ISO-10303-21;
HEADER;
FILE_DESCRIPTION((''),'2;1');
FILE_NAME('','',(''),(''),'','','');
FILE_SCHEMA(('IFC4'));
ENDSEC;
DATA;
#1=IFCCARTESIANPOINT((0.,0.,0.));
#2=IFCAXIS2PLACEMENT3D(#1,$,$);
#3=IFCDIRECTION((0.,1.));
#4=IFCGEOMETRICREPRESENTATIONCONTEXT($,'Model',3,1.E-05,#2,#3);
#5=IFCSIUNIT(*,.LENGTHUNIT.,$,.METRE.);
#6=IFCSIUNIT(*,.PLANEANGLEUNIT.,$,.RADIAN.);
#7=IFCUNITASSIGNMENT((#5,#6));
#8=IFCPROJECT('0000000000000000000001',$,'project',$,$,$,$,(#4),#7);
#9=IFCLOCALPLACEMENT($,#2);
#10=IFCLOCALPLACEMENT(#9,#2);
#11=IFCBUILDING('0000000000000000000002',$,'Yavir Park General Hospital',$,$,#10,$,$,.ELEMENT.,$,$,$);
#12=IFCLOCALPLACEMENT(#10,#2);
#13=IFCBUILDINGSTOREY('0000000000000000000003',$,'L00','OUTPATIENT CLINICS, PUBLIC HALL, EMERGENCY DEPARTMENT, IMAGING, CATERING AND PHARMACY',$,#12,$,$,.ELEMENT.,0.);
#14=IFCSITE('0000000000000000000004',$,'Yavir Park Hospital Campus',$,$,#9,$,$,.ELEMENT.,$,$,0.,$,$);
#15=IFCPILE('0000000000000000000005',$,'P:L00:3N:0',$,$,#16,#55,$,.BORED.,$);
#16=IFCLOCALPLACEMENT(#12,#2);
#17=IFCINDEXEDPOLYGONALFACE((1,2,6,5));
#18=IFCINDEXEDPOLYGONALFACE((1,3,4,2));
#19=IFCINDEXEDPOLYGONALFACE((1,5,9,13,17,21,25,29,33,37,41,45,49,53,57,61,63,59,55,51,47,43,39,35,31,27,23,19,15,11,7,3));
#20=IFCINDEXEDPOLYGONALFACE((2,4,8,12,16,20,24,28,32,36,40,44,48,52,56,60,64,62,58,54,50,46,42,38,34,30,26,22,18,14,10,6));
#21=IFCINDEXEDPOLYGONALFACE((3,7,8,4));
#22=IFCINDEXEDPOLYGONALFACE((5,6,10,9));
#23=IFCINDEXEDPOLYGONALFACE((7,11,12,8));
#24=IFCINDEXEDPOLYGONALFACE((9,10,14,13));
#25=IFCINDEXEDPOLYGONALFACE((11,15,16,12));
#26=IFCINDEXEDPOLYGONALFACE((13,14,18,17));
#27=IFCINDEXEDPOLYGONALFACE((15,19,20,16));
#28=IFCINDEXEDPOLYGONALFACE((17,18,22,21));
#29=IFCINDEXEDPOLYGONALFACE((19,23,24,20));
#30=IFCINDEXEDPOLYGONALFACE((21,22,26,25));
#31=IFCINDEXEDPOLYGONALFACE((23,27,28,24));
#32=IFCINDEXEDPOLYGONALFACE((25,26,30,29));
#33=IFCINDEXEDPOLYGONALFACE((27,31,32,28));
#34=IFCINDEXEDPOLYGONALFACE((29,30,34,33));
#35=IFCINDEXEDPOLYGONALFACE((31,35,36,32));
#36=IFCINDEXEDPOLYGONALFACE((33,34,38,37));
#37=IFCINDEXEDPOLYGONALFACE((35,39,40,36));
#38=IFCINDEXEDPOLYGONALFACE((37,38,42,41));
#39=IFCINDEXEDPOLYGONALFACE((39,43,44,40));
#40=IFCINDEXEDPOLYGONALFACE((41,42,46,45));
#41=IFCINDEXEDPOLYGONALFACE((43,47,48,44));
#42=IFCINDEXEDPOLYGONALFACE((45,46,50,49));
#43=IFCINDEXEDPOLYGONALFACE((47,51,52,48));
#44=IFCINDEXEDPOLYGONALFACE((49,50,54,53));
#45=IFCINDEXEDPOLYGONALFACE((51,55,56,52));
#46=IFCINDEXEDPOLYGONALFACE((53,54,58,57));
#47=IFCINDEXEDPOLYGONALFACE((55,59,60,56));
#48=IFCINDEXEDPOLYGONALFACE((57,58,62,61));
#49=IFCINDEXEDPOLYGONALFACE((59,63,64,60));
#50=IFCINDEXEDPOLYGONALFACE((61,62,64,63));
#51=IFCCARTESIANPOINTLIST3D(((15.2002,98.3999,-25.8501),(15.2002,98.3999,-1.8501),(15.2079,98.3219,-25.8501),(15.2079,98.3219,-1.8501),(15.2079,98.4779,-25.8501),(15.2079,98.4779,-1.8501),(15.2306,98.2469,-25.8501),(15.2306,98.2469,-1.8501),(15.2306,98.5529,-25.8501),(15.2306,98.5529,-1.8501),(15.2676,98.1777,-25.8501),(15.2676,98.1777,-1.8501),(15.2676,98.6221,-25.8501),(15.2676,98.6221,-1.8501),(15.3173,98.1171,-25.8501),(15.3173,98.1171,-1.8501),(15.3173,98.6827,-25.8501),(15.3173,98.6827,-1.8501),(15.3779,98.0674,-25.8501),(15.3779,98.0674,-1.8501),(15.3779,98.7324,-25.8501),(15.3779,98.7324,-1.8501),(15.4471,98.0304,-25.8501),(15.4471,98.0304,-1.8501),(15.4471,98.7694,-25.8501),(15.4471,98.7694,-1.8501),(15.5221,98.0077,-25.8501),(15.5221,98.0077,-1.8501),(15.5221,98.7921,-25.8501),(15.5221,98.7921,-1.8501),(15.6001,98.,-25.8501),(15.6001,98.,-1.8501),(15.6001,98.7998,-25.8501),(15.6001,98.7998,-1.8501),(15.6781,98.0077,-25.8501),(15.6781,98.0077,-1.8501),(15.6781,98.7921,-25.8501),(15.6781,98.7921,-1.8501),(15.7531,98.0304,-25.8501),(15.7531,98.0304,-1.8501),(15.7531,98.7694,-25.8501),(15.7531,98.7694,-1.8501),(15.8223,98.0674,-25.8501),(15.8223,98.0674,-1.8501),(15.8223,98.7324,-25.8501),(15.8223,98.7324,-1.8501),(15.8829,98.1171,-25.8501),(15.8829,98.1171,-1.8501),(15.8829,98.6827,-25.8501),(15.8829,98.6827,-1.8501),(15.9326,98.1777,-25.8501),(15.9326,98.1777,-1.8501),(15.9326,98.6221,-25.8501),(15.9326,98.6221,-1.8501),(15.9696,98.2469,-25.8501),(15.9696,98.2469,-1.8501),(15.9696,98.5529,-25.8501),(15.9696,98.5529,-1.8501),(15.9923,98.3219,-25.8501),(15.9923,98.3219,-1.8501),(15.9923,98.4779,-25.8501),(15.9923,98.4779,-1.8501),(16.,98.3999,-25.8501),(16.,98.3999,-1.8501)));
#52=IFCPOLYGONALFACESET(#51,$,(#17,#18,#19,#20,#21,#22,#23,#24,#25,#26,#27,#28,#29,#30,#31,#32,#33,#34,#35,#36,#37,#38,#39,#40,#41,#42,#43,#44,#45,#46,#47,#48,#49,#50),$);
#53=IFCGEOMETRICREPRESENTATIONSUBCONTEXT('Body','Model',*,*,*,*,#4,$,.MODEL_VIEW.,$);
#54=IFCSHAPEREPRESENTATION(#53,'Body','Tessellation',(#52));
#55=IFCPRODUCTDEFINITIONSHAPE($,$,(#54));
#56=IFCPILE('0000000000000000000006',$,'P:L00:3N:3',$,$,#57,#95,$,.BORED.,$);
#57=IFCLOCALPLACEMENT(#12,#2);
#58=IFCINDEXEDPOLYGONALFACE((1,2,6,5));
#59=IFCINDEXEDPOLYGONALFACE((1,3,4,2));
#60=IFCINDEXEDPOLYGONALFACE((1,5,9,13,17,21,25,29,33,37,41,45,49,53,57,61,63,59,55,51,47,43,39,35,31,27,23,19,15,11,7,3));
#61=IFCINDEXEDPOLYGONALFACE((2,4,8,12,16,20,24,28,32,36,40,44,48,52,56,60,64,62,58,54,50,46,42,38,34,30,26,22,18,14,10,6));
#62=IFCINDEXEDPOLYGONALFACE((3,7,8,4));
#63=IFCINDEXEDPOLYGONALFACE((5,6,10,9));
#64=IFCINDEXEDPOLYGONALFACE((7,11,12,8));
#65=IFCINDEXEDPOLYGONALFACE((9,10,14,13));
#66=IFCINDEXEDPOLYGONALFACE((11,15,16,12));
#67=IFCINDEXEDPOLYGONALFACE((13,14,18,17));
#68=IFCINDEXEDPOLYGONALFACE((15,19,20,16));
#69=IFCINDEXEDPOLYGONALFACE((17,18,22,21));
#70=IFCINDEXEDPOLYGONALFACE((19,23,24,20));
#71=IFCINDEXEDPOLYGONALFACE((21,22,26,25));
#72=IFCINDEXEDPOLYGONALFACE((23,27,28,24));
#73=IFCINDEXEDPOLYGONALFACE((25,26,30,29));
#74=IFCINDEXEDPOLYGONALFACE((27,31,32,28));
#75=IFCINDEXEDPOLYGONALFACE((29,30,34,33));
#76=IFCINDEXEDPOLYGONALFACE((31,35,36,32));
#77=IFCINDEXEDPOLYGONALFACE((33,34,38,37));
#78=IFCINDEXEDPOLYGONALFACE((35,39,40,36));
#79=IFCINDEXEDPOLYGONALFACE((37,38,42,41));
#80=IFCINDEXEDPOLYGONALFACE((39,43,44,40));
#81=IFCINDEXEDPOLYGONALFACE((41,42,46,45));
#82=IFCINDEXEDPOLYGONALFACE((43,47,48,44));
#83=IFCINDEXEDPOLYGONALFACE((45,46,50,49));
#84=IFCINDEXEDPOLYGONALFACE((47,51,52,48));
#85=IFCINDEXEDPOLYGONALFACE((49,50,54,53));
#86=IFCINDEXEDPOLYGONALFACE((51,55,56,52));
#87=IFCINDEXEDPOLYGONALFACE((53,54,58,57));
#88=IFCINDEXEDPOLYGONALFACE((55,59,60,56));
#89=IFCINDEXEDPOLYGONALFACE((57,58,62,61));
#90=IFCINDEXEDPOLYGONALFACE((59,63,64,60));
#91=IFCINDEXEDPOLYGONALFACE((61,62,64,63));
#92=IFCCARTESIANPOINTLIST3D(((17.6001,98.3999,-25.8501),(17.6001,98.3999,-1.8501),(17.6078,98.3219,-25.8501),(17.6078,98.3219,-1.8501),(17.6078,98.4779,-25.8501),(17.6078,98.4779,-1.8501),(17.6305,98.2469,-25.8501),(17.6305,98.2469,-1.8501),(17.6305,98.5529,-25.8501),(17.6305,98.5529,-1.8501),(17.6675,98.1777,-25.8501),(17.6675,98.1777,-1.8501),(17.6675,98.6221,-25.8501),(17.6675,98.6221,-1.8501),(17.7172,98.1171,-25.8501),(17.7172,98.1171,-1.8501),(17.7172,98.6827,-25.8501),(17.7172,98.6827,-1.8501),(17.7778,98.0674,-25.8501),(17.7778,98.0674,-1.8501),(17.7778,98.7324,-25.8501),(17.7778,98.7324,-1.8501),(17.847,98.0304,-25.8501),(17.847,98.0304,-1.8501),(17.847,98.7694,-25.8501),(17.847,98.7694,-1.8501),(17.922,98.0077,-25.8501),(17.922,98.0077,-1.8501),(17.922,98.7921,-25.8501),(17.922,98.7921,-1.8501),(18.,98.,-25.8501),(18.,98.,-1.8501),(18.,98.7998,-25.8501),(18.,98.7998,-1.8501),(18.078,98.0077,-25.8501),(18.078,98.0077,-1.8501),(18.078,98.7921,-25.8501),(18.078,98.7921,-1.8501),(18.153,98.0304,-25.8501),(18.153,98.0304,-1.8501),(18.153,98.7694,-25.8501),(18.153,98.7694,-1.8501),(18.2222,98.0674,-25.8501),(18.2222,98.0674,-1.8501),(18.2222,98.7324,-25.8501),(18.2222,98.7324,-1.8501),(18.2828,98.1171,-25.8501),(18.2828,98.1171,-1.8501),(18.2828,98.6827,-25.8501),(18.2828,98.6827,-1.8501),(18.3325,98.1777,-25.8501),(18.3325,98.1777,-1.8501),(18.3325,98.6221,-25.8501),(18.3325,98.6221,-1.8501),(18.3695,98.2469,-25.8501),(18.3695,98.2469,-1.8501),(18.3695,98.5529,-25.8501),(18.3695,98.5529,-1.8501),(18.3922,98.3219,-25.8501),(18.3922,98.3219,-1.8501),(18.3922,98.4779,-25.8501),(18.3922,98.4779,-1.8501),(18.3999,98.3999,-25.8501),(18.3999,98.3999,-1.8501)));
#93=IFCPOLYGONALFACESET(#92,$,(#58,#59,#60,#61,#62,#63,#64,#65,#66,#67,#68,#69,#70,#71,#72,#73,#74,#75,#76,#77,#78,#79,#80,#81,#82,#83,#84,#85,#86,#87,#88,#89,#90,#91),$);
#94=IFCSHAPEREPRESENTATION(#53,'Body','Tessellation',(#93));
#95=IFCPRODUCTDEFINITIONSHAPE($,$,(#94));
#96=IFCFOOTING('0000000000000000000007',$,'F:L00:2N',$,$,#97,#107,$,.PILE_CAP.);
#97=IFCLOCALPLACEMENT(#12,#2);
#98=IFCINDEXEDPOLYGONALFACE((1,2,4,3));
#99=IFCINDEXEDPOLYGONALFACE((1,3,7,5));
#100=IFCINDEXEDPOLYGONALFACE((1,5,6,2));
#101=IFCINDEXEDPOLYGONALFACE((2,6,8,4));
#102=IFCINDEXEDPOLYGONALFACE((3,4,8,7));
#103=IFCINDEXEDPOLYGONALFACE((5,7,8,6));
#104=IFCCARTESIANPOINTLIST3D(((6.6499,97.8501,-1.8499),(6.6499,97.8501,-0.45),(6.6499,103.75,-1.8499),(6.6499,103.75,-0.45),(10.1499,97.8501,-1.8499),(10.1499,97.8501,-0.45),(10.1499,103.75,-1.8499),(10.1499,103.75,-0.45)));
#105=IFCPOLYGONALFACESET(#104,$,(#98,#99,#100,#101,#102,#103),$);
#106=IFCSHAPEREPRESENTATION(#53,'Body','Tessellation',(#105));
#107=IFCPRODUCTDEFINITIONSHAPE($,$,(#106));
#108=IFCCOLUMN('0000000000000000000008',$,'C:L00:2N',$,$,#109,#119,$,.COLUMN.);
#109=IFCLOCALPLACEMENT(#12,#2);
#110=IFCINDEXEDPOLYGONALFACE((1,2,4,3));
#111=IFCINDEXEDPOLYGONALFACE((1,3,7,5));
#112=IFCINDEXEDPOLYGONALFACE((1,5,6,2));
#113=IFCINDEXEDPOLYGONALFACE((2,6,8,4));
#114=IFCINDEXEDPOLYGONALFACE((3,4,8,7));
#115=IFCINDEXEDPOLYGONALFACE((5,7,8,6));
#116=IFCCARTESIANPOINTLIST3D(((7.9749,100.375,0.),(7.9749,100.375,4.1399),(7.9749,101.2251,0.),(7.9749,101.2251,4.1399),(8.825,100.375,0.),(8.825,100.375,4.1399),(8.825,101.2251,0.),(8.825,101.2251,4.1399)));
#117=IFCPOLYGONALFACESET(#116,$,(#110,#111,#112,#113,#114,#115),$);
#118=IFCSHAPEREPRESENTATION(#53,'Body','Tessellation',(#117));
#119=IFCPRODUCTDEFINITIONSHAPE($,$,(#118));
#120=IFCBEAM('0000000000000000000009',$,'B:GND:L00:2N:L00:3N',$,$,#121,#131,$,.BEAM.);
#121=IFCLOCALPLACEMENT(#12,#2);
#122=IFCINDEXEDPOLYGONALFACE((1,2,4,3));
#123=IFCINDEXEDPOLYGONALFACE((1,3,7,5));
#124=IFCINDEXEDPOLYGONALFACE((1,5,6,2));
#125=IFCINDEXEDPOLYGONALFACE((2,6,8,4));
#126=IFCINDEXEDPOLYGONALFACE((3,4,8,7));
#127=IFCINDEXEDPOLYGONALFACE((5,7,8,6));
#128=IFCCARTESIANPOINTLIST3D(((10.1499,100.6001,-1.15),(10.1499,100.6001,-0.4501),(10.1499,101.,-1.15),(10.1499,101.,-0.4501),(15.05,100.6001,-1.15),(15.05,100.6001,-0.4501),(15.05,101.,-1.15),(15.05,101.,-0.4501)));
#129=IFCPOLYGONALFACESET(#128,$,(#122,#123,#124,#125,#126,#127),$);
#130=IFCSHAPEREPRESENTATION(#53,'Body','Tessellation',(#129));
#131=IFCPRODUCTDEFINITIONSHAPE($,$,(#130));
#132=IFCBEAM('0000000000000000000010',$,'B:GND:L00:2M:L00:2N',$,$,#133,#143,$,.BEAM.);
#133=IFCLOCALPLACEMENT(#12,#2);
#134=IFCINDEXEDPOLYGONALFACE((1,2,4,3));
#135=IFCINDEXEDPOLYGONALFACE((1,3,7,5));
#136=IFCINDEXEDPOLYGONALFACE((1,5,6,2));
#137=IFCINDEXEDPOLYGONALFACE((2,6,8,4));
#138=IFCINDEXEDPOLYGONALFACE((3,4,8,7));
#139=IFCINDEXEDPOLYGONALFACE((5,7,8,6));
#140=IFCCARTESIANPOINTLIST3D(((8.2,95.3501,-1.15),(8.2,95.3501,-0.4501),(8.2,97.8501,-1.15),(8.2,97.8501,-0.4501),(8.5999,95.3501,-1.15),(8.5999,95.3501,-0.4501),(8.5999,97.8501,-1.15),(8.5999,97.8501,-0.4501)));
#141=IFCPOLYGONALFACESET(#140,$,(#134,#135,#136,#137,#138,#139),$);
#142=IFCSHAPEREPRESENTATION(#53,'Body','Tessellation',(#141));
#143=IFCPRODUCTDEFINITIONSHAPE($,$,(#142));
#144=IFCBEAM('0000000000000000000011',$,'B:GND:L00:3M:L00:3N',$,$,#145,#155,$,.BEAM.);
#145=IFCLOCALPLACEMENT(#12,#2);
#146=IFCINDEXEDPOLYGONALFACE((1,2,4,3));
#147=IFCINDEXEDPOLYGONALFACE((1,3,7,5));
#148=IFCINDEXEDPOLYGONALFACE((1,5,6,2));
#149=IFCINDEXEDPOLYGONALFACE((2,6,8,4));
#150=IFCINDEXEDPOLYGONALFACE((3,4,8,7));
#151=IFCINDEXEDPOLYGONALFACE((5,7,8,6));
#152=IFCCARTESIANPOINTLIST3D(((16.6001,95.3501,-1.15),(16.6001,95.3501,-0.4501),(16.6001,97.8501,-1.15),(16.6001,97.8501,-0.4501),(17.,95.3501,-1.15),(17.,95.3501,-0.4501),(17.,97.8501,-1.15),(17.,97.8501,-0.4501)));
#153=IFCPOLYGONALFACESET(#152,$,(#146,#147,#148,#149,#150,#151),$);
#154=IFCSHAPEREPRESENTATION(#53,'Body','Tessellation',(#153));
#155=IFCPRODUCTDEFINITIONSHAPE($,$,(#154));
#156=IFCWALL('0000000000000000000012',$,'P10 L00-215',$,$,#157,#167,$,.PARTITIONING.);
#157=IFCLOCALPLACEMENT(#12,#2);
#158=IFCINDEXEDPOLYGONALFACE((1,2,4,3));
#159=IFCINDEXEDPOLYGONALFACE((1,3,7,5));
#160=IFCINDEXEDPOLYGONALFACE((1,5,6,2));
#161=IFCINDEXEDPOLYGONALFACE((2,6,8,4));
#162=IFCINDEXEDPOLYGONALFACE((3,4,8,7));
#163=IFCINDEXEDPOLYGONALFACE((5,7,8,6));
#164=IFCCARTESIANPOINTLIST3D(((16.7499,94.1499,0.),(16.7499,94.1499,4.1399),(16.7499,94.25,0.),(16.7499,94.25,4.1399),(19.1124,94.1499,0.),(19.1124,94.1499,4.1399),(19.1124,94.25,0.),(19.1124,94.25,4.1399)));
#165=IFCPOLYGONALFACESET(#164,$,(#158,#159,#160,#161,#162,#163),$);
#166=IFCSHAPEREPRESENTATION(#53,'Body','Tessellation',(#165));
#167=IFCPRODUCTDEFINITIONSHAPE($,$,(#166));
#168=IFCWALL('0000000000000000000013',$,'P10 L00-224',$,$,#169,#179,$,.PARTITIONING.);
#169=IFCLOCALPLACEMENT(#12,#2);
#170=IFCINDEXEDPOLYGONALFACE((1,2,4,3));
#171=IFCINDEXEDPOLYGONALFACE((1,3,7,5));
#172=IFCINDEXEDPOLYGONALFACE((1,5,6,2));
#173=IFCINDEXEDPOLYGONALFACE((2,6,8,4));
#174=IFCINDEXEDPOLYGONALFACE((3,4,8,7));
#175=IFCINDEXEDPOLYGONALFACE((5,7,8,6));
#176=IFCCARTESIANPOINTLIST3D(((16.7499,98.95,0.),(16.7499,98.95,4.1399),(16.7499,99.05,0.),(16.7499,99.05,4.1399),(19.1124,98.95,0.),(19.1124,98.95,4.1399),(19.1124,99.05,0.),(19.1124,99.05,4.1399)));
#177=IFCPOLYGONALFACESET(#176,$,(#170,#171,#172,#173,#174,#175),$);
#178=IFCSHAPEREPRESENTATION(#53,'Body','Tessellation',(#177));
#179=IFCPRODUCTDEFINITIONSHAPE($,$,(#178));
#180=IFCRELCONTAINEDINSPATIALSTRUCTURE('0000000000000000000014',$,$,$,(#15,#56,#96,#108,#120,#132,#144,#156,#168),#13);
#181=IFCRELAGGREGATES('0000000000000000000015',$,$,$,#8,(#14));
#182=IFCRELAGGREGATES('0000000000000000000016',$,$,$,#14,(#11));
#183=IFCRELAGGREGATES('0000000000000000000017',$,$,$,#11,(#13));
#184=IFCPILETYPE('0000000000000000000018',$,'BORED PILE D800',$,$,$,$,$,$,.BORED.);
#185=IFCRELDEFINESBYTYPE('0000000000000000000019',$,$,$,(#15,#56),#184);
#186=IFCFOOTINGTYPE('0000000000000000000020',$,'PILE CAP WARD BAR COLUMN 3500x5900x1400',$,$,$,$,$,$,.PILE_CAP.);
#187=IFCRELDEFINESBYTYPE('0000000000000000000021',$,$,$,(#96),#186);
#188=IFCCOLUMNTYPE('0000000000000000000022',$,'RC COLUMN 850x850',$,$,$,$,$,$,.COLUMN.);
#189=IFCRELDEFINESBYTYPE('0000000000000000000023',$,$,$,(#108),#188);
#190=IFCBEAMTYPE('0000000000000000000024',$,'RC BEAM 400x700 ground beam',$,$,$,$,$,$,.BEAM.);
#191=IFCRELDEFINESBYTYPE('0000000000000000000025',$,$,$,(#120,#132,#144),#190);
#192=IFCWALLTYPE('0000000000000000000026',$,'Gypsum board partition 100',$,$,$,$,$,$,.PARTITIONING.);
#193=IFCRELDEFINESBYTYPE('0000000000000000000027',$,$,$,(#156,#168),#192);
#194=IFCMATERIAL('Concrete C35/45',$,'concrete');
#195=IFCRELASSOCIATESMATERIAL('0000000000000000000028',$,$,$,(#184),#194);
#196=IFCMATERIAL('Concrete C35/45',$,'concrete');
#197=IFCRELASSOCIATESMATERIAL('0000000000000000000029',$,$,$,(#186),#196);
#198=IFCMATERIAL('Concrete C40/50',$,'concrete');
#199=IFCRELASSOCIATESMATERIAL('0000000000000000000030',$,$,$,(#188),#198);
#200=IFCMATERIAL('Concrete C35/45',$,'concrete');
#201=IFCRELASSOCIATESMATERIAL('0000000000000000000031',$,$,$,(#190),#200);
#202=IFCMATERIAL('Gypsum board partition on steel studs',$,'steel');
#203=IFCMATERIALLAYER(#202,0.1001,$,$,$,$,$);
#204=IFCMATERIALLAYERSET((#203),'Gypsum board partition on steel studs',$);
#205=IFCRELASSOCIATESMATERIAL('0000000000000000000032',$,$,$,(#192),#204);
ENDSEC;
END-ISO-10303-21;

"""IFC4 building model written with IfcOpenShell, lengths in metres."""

from ifc_helpers import new_model, si_unit, direction, frame, frame_2d, origin, origin_2d, place, context, subcontext, project, spatial, rectangle, circle, extrude, material, layer, layer_set, material_profile, profile_set, type_object, element, save


model = new_model("IFC4")

# Units and contexts
model_context = context("Model", 3, precision=1e-05, world=origin(), true_north=direction((0.0, 1.0)))
body_context = subcontext(model_context, "Body", "Model", "MODEL_VIEW")
ifc_project = project(units=[si_unit("LENGTHUNIT", "METRE"), si_unit("PLANEANGLEUNIT", "RADIAN")], contexts=[model_context])

# Site, building, storey
site_placement = place(None, origin())
site = spatial("IfcSite", under=ifc_project, at=site_placement, Name="Yavir Park Hospital Campus", CompositionType="ELEMENT", RefElevation=0.0)
building_placement = place(site_placement, origin())
building = spatial("IfcBuilding", under=site, at=building_placement, Name="Yavir Park General Hospital", CompositionType="ELEMENT")
storey_placement = place(building_placement, origin())
storey = spatial("IfcBuildingStorey", under=building, at=storey_placement, Name="L00", Description="OUTPATIENT CLINICS, PUBLIC HALL, EMERGENCY DEPARTMENT, IMAGING, CATERING AND PHARMACY", CompositionType="ELEMENT", Elevation=0.0)

# Piles
ifc_material_1 = material(Name="Concrete C35/45", Category="concrete")
ifc_material_profile_1 = material_profile(ifc_material_1, circle(Radius=0.3999, at=origin_2d()), Name="D800")
ifc_profile_set_1 = profile_set([ifc_material_profile_1], Name="Concrete C35/45")
pile_type = type_object("IfcPileType", Name="BORED PILE D800", PredefinedType="BORED", material=ifc_profile_set_1)
for number, where, z_axis, x_axis, name in (
    (1, (15.6001, 98.3999, -1.8501), (0.0, 0.0, -1.0), (1.0, 0.0, 0.0), "P:L00:3N:0"),
    (2, (18.0, 98.3999, -1.8501), (0.0, 0.0, -1.0), (1.0, 0.0, 0.0), "P:L00:3N:3"),
):
    element("IfcPile", number, at=place(storey_placement, frame(where, z_axis=z_axis, x_axis=x_axis)), inside=storey, type_object=pile_type, Name=name, PredefinedType="BORED", context=body_context, shape_type="SweptSolid", body=[
        extrude(circle(Radius=0.3999, at=origin_2d()), origin(), (0.0, 0.0, 1.0), 24.0),
    ])

# Footing
ifc_material_2 = material(Name="Concrete C35/45", Category="concrete")
footing_type = type_object("IfcFootingType", Name="PILE CAP WARD BAR COLUMN 3500x5900x1400", PredefinedType="PILE_CAP", material=ifc_material_2)
footing_placement = place(storey_placement, frame((8.3999, 100.8, -1.8499), z_axis=(0.0, 0.0, 1.0), x_axis=(1.0, 0.0, 0.0)))
element("IfcFooting", 3, at=footing_placement, inside=storey, type_object=footing_type, Name="F:L00:2N", PredefinedType="PILE_CAP", context=body_context, shape_type="SweptSolid", body=[
    extrude(rectangle(XDim=3.5, YDim=5.8999, at=origin_2d()), origin(), (0.0, 0.0, 1.0), 1.3999),
])

# Column
ifc_material_3 = material(Name="Concrete C40/50", Category="concrete")
ifc_material_profile_2 = material_profile(ifc_material_3, rectangle(XDim=0.8501, YDim=0.8501, at=origin_2d()), Name="RC850x850")
ifc_profile_set_2 = profile_set([ifc_material_profile_2], Name="Concrete C40/50")
column_type = type_object("IfcColumnType", Name="RC COLUMN 850x850", PredefinedType="COLUMN", material=ifc_profile_set_2)
column_placement = place(storey_placement, frame((8.3999, 100.8, 0.0), z_axis=(0.0, 0.0, 1.0), x_axis=(1.0, 0.0, 0.0)))
element("IfcColumn", 4, at=column_placement, inside=storey, type_object=column_type, Name="C:L00:2N", PredefinedType="COLUMN", context=body_context, shape_type="SweptSolid", body=[
    extrude(rectangle(XDim=0.8501, YDim=0.8501, at=origin_2d()), origin(), (0.0, 0.0, 1.0), 4.1399),
])

# Beams
ifc_material_4 = material(Name="Concrete C35/45", Category="concrete")
ifc_material_profile_3 = material_profile(ifc_material_4, rectangle(XDim=0.3999, YDim=0.7, at=origin_2d()), Name="RC400x700")
ifc_profile_set_3 = profile_set([ifc_material_profile_3], Name="Concrete C35/45")
beam_type = type_object("IfcBeamType", Name="RC BEAM 400x700 ground beam", PredefinedType="BEAM", material=ifc_profile_set_3)
beam_placement = place(storey_placement, frame((10.1499, 100.8, -0.8), z_axis=(1.0, 0.0, 0.0), x_axis=(0.0, 1.0, 0.0)))
element("IfcBeam", 5, at=beam_placement, inside=storey, type_object=beam_type, Name="B:GND:L00:2N:L00:3N", PredefinedType="BEAM", context=body_context, shape_type="SweptSolid", body=[
    extrude(rectangle(XDim=0.3999, YDim=0.7, at=origin_2d()), origin(), (0.0, 0.0, 1.0), 4.9001),
])
for number, where, z_axis, x_axis, name in (
    (6, (8.3999, 95.3501, -0.8), (0.0, 1.0, 0.0), (-1.0, 0.0, 0.0), "B:GND:L00:2M:L00:2N"),
    (7, (16.8, 95.3501, -0.8), (0.0, 1.0, 0.0), (-1.0, 0.0, 0.0), "B:GND:L00:3M:L00:3N"),
):
    element("IfcBeam", number, at=place(storey_placement, frame(where, z_axis=z_axis, x_axis=x_axis)), inside=storey, type_object=beam_type, Name=name, PredefinedType="BEAM", context=body_context, shape_type="SweptSolid", body=[
        extrude(rectangle(XDim=0.3999, YDim=0.7, at=origin_2d()), origin(), (0.0, 0.0, 1.0), 2.5),
    ])

# Walls
ifc_material_5 = material(Name="Gypsum board partition on steel studs", Category="steel")
ifc_layer = layer(ifc_material_5, 0.1001)
ifc_layer_set = layer_set([ifc_layer], Name="Gypsum board partition on steel studs")
wall_type = type_object("IfcWallType", Name="Gypsum board partition 100", PredefinedType="PARTITIONING", material=ifc_layer_set)
for number, where, z_axis, x_axis, name in (
    (8, (16.75, 94.2, 0.0), (0.0, 0.0, 1.0), (1.0, 0.0, 0.0), "P10 L00-215"),
    (9, (16.75, 99.0, 0.0), (0.0, 0.0, 1.0), (1.0, 0.0, 0.0), "P10 L00-224"),
):
    element("IfcWall", number, at=place(storey_placement, frame(where, z_axis=z_axis, x_axis=x_axis)), inside=storey, type_object=wall_type, Name=name, PredefinedType="PARTITIONING", context=body_context, shape_type="SweptSolid", body=[
        extrude(rectangle(XDim=2.3625, YDim=0.1001, at=frame_2d((1.1812, 0.0))), origin(), (0.0, 0.0, 1.0), 4.1399),
    ])

save(model, "model.ifc")
